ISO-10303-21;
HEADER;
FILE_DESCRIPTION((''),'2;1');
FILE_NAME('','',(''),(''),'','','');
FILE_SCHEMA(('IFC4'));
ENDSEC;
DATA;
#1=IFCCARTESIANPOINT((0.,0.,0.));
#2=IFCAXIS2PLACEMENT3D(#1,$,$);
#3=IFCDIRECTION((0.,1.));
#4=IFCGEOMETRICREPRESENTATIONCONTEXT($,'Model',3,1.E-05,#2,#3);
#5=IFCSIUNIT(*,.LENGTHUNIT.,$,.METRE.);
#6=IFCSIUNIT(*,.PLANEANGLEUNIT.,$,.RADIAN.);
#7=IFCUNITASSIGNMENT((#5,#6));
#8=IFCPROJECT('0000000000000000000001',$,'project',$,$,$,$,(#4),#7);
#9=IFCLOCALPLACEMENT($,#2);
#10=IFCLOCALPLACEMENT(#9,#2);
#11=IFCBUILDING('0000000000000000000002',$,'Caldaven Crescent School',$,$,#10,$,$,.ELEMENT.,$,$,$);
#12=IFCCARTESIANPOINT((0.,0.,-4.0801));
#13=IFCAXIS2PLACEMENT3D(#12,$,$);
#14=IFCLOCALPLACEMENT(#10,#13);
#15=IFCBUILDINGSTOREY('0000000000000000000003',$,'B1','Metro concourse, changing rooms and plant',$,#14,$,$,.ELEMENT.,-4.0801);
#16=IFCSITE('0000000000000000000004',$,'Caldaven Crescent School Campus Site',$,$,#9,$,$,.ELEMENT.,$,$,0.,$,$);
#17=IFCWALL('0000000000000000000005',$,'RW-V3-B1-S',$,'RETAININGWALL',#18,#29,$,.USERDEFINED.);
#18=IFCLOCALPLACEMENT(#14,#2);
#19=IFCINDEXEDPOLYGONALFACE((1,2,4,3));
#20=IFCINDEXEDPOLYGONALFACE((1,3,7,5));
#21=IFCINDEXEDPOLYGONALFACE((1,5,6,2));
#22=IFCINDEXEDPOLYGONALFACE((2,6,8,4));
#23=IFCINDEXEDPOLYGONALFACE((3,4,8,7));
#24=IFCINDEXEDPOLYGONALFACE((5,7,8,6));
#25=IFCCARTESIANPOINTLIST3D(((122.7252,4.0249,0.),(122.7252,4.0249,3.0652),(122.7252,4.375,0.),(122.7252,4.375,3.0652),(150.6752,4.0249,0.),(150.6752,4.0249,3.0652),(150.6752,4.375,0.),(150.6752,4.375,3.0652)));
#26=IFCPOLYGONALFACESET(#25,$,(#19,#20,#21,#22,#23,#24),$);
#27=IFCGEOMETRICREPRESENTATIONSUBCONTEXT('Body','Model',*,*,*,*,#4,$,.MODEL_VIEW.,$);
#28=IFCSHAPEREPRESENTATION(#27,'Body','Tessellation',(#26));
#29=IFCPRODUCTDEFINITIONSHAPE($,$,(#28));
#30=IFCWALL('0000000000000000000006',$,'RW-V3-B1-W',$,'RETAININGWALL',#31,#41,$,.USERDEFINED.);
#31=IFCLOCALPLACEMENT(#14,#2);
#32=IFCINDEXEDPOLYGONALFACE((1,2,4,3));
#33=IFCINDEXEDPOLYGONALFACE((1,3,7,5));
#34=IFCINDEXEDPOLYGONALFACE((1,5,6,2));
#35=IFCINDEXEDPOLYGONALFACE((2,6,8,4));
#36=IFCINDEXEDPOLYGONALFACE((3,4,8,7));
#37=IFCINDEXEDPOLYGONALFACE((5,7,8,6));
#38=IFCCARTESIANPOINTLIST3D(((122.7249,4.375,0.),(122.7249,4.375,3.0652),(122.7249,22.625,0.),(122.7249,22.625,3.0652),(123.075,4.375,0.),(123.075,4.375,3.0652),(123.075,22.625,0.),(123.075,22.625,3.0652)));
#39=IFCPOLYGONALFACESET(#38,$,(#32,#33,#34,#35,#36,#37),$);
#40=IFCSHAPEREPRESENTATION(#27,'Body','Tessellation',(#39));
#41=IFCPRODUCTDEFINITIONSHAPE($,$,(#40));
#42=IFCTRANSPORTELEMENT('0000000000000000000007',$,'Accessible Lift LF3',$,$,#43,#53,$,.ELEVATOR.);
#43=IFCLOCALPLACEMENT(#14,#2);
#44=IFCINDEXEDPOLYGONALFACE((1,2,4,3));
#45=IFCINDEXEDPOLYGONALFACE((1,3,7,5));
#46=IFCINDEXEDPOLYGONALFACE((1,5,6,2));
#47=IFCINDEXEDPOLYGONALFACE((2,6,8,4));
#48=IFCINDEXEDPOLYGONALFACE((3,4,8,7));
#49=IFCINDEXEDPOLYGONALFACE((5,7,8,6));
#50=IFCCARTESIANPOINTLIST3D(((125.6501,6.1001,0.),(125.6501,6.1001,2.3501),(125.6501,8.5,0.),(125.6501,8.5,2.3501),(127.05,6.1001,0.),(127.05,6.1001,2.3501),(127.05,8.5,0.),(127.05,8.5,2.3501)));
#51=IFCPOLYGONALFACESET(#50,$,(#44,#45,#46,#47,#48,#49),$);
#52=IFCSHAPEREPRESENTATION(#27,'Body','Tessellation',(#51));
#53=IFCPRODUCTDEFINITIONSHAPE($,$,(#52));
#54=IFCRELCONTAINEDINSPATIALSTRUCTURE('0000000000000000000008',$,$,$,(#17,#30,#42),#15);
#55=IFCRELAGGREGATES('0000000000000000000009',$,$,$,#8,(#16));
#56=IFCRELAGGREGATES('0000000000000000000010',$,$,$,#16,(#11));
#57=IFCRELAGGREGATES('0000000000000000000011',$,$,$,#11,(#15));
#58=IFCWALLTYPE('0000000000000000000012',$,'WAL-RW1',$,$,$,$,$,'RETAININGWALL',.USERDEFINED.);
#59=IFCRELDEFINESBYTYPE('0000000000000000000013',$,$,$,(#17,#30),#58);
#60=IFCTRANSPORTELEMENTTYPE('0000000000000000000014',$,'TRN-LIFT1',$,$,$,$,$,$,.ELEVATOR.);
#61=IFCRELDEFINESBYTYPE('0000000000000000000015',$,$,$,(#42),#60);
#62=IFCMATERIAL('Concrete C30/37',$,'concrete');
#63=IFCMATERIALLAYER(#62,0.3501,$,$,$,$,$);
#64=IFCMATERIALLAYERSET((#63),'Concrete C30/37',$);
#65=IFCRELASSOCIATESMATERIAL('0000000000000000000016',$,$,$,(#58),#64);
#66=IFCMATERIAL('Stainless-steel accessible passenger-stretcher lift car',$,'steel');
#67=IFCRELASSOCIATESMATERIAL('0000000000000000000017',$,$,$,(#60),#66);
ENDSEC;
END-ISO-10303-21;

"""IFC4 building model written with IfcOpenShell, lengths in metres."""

from ifc_helpers import new_model, si_unit, direction, frame, frame_2d, origin, origin_2d, place, context, subcontext, project, spatial, rectangle, extrude, material, layer, layer_set, type_object, element, save


model = new_model("IFC4")

# Units and contexts
model_context = context("Model", 3, precision=1e-05, world=origin(), true_north=direction((0.0, 1.0)))
body_context = subcontext(model_context, "Body", "Model", "MODEL_VIEW")
ifc_project = project(units=[si_unit("LENGTHUNIT", "METRE"), si_unit("PLANEANGLEUNIT", "RADIAN")], contexts=[model_context])

# Site, building, storey
site_placement = place(None, origin())
site = spatial("IfcSite", under=ifc_project, at=site_placement, Name="Caldaven Crescent School Campus Site", CompositionType="ELEMENT", RefElevation=0.0)
building_placement = place(site_placement, origin())
building = spatial("IfcBuilding", under=site, at=building_placement, Name="Caldaven Crescent School", CompositionType="ELEMENT")
storey_placement = place(building_placement, frame((0.0, 0.0, -4.0801)))
storey = spatial("IfcBuildingStorey", under=building, at=storey_placement, Name="B1", Description="Metro concourse, changing rooms and plant", CompositionType="ELEMENT", Elevation=-4.0801)

# Shared definitions
ifc_material_1 = material(Name="Concrete C30/37", Category="concrete")

# Walls
ifc_layer_1 = layer(ifc_material_1, 0.3501)
ifc_layer_set_1 = layer_set([ifc_layer_1], Name="Concrete C30/37")
wall_type_1 = type_object("IfcWallType", Name="WAL-RW1", ElementType="RETAININGWALL", PredefinedType="USERDEFINED", material=ifc_layer_set_1)
wall_1_placement = place(storey_placement, frame((122.7251, 4.2, 0.0), z_axis=(0.0, 0.0, 1.0), x_axis=(1.0, 0.0, 0.0)))
element("IfcWall", 1, at=wall_1_placement, inside=storey, type_object=wall_type_1, Name="RW-V3-B1-S", ObjectType="RETAININGWALL", PredefinedType="USERDEFINED", context=body_context, shape_type="SweptSolid", body=[
    extrude(rectangle(XDim=27.95, YDim=0.3501, at=frame_2d((13.9751, 0.0))), origin(), (0.0, 0.0, 1.0), 3.0652),
])
wall_2_placement = place(storey_placement, frame((122.8999, 4.375, 0.0), z_axis=(0.0, 0.0, 1.0), x_axis=(0.0, 1.0, 0.0)))
element("IfcWall", 2, at=wall_2_placement, inside=storey, type_object=wall_type_1, Name="RW-V3-B1-W", ObjectType="RETAININGWALL", PredefinedType="USERDEFINED", context=body_context, shape_type="SweptSolid", body=[
    extrude(rectangle(XDim=18.25, YDim=0.3501, at=frame_2d((9.125, 0.0))), origin(), (0.0, 0.0, 1.0), 3.0652),
])

# Transport element
ifc_material_2 = material(Name="Stainless-steel accessible passenger-stretcher lift car", Category="steel")
transport_element_type = type_object("IfcTransportElementType", Name="TRN-LIFT1", PredefinedType="ELEVATOR", material=ifc_material_2)
transport_element_placement = place(storey_placement, frame((126.3501, 7.3, 0.0), z_axis=(0.0, 0.0, 1.0), x_axis=(1.0, 0.0, 0.0)))
element("IfcTransportElement", 3, at=transport_element_placement, inside=storey, type_object=transport_element_type, Name="Accessible Lift LF3", PredefinedType="ELEVATOR", context=body_context, shape_type="SweptSolid", body=[
    extrude(rectangle(XDim=1.3999, YDim=2.3999, at=origin_2d()), origin(), (0.0, 0.0, 1.0), 2.3501),
])

save(model, "model.ifc")
